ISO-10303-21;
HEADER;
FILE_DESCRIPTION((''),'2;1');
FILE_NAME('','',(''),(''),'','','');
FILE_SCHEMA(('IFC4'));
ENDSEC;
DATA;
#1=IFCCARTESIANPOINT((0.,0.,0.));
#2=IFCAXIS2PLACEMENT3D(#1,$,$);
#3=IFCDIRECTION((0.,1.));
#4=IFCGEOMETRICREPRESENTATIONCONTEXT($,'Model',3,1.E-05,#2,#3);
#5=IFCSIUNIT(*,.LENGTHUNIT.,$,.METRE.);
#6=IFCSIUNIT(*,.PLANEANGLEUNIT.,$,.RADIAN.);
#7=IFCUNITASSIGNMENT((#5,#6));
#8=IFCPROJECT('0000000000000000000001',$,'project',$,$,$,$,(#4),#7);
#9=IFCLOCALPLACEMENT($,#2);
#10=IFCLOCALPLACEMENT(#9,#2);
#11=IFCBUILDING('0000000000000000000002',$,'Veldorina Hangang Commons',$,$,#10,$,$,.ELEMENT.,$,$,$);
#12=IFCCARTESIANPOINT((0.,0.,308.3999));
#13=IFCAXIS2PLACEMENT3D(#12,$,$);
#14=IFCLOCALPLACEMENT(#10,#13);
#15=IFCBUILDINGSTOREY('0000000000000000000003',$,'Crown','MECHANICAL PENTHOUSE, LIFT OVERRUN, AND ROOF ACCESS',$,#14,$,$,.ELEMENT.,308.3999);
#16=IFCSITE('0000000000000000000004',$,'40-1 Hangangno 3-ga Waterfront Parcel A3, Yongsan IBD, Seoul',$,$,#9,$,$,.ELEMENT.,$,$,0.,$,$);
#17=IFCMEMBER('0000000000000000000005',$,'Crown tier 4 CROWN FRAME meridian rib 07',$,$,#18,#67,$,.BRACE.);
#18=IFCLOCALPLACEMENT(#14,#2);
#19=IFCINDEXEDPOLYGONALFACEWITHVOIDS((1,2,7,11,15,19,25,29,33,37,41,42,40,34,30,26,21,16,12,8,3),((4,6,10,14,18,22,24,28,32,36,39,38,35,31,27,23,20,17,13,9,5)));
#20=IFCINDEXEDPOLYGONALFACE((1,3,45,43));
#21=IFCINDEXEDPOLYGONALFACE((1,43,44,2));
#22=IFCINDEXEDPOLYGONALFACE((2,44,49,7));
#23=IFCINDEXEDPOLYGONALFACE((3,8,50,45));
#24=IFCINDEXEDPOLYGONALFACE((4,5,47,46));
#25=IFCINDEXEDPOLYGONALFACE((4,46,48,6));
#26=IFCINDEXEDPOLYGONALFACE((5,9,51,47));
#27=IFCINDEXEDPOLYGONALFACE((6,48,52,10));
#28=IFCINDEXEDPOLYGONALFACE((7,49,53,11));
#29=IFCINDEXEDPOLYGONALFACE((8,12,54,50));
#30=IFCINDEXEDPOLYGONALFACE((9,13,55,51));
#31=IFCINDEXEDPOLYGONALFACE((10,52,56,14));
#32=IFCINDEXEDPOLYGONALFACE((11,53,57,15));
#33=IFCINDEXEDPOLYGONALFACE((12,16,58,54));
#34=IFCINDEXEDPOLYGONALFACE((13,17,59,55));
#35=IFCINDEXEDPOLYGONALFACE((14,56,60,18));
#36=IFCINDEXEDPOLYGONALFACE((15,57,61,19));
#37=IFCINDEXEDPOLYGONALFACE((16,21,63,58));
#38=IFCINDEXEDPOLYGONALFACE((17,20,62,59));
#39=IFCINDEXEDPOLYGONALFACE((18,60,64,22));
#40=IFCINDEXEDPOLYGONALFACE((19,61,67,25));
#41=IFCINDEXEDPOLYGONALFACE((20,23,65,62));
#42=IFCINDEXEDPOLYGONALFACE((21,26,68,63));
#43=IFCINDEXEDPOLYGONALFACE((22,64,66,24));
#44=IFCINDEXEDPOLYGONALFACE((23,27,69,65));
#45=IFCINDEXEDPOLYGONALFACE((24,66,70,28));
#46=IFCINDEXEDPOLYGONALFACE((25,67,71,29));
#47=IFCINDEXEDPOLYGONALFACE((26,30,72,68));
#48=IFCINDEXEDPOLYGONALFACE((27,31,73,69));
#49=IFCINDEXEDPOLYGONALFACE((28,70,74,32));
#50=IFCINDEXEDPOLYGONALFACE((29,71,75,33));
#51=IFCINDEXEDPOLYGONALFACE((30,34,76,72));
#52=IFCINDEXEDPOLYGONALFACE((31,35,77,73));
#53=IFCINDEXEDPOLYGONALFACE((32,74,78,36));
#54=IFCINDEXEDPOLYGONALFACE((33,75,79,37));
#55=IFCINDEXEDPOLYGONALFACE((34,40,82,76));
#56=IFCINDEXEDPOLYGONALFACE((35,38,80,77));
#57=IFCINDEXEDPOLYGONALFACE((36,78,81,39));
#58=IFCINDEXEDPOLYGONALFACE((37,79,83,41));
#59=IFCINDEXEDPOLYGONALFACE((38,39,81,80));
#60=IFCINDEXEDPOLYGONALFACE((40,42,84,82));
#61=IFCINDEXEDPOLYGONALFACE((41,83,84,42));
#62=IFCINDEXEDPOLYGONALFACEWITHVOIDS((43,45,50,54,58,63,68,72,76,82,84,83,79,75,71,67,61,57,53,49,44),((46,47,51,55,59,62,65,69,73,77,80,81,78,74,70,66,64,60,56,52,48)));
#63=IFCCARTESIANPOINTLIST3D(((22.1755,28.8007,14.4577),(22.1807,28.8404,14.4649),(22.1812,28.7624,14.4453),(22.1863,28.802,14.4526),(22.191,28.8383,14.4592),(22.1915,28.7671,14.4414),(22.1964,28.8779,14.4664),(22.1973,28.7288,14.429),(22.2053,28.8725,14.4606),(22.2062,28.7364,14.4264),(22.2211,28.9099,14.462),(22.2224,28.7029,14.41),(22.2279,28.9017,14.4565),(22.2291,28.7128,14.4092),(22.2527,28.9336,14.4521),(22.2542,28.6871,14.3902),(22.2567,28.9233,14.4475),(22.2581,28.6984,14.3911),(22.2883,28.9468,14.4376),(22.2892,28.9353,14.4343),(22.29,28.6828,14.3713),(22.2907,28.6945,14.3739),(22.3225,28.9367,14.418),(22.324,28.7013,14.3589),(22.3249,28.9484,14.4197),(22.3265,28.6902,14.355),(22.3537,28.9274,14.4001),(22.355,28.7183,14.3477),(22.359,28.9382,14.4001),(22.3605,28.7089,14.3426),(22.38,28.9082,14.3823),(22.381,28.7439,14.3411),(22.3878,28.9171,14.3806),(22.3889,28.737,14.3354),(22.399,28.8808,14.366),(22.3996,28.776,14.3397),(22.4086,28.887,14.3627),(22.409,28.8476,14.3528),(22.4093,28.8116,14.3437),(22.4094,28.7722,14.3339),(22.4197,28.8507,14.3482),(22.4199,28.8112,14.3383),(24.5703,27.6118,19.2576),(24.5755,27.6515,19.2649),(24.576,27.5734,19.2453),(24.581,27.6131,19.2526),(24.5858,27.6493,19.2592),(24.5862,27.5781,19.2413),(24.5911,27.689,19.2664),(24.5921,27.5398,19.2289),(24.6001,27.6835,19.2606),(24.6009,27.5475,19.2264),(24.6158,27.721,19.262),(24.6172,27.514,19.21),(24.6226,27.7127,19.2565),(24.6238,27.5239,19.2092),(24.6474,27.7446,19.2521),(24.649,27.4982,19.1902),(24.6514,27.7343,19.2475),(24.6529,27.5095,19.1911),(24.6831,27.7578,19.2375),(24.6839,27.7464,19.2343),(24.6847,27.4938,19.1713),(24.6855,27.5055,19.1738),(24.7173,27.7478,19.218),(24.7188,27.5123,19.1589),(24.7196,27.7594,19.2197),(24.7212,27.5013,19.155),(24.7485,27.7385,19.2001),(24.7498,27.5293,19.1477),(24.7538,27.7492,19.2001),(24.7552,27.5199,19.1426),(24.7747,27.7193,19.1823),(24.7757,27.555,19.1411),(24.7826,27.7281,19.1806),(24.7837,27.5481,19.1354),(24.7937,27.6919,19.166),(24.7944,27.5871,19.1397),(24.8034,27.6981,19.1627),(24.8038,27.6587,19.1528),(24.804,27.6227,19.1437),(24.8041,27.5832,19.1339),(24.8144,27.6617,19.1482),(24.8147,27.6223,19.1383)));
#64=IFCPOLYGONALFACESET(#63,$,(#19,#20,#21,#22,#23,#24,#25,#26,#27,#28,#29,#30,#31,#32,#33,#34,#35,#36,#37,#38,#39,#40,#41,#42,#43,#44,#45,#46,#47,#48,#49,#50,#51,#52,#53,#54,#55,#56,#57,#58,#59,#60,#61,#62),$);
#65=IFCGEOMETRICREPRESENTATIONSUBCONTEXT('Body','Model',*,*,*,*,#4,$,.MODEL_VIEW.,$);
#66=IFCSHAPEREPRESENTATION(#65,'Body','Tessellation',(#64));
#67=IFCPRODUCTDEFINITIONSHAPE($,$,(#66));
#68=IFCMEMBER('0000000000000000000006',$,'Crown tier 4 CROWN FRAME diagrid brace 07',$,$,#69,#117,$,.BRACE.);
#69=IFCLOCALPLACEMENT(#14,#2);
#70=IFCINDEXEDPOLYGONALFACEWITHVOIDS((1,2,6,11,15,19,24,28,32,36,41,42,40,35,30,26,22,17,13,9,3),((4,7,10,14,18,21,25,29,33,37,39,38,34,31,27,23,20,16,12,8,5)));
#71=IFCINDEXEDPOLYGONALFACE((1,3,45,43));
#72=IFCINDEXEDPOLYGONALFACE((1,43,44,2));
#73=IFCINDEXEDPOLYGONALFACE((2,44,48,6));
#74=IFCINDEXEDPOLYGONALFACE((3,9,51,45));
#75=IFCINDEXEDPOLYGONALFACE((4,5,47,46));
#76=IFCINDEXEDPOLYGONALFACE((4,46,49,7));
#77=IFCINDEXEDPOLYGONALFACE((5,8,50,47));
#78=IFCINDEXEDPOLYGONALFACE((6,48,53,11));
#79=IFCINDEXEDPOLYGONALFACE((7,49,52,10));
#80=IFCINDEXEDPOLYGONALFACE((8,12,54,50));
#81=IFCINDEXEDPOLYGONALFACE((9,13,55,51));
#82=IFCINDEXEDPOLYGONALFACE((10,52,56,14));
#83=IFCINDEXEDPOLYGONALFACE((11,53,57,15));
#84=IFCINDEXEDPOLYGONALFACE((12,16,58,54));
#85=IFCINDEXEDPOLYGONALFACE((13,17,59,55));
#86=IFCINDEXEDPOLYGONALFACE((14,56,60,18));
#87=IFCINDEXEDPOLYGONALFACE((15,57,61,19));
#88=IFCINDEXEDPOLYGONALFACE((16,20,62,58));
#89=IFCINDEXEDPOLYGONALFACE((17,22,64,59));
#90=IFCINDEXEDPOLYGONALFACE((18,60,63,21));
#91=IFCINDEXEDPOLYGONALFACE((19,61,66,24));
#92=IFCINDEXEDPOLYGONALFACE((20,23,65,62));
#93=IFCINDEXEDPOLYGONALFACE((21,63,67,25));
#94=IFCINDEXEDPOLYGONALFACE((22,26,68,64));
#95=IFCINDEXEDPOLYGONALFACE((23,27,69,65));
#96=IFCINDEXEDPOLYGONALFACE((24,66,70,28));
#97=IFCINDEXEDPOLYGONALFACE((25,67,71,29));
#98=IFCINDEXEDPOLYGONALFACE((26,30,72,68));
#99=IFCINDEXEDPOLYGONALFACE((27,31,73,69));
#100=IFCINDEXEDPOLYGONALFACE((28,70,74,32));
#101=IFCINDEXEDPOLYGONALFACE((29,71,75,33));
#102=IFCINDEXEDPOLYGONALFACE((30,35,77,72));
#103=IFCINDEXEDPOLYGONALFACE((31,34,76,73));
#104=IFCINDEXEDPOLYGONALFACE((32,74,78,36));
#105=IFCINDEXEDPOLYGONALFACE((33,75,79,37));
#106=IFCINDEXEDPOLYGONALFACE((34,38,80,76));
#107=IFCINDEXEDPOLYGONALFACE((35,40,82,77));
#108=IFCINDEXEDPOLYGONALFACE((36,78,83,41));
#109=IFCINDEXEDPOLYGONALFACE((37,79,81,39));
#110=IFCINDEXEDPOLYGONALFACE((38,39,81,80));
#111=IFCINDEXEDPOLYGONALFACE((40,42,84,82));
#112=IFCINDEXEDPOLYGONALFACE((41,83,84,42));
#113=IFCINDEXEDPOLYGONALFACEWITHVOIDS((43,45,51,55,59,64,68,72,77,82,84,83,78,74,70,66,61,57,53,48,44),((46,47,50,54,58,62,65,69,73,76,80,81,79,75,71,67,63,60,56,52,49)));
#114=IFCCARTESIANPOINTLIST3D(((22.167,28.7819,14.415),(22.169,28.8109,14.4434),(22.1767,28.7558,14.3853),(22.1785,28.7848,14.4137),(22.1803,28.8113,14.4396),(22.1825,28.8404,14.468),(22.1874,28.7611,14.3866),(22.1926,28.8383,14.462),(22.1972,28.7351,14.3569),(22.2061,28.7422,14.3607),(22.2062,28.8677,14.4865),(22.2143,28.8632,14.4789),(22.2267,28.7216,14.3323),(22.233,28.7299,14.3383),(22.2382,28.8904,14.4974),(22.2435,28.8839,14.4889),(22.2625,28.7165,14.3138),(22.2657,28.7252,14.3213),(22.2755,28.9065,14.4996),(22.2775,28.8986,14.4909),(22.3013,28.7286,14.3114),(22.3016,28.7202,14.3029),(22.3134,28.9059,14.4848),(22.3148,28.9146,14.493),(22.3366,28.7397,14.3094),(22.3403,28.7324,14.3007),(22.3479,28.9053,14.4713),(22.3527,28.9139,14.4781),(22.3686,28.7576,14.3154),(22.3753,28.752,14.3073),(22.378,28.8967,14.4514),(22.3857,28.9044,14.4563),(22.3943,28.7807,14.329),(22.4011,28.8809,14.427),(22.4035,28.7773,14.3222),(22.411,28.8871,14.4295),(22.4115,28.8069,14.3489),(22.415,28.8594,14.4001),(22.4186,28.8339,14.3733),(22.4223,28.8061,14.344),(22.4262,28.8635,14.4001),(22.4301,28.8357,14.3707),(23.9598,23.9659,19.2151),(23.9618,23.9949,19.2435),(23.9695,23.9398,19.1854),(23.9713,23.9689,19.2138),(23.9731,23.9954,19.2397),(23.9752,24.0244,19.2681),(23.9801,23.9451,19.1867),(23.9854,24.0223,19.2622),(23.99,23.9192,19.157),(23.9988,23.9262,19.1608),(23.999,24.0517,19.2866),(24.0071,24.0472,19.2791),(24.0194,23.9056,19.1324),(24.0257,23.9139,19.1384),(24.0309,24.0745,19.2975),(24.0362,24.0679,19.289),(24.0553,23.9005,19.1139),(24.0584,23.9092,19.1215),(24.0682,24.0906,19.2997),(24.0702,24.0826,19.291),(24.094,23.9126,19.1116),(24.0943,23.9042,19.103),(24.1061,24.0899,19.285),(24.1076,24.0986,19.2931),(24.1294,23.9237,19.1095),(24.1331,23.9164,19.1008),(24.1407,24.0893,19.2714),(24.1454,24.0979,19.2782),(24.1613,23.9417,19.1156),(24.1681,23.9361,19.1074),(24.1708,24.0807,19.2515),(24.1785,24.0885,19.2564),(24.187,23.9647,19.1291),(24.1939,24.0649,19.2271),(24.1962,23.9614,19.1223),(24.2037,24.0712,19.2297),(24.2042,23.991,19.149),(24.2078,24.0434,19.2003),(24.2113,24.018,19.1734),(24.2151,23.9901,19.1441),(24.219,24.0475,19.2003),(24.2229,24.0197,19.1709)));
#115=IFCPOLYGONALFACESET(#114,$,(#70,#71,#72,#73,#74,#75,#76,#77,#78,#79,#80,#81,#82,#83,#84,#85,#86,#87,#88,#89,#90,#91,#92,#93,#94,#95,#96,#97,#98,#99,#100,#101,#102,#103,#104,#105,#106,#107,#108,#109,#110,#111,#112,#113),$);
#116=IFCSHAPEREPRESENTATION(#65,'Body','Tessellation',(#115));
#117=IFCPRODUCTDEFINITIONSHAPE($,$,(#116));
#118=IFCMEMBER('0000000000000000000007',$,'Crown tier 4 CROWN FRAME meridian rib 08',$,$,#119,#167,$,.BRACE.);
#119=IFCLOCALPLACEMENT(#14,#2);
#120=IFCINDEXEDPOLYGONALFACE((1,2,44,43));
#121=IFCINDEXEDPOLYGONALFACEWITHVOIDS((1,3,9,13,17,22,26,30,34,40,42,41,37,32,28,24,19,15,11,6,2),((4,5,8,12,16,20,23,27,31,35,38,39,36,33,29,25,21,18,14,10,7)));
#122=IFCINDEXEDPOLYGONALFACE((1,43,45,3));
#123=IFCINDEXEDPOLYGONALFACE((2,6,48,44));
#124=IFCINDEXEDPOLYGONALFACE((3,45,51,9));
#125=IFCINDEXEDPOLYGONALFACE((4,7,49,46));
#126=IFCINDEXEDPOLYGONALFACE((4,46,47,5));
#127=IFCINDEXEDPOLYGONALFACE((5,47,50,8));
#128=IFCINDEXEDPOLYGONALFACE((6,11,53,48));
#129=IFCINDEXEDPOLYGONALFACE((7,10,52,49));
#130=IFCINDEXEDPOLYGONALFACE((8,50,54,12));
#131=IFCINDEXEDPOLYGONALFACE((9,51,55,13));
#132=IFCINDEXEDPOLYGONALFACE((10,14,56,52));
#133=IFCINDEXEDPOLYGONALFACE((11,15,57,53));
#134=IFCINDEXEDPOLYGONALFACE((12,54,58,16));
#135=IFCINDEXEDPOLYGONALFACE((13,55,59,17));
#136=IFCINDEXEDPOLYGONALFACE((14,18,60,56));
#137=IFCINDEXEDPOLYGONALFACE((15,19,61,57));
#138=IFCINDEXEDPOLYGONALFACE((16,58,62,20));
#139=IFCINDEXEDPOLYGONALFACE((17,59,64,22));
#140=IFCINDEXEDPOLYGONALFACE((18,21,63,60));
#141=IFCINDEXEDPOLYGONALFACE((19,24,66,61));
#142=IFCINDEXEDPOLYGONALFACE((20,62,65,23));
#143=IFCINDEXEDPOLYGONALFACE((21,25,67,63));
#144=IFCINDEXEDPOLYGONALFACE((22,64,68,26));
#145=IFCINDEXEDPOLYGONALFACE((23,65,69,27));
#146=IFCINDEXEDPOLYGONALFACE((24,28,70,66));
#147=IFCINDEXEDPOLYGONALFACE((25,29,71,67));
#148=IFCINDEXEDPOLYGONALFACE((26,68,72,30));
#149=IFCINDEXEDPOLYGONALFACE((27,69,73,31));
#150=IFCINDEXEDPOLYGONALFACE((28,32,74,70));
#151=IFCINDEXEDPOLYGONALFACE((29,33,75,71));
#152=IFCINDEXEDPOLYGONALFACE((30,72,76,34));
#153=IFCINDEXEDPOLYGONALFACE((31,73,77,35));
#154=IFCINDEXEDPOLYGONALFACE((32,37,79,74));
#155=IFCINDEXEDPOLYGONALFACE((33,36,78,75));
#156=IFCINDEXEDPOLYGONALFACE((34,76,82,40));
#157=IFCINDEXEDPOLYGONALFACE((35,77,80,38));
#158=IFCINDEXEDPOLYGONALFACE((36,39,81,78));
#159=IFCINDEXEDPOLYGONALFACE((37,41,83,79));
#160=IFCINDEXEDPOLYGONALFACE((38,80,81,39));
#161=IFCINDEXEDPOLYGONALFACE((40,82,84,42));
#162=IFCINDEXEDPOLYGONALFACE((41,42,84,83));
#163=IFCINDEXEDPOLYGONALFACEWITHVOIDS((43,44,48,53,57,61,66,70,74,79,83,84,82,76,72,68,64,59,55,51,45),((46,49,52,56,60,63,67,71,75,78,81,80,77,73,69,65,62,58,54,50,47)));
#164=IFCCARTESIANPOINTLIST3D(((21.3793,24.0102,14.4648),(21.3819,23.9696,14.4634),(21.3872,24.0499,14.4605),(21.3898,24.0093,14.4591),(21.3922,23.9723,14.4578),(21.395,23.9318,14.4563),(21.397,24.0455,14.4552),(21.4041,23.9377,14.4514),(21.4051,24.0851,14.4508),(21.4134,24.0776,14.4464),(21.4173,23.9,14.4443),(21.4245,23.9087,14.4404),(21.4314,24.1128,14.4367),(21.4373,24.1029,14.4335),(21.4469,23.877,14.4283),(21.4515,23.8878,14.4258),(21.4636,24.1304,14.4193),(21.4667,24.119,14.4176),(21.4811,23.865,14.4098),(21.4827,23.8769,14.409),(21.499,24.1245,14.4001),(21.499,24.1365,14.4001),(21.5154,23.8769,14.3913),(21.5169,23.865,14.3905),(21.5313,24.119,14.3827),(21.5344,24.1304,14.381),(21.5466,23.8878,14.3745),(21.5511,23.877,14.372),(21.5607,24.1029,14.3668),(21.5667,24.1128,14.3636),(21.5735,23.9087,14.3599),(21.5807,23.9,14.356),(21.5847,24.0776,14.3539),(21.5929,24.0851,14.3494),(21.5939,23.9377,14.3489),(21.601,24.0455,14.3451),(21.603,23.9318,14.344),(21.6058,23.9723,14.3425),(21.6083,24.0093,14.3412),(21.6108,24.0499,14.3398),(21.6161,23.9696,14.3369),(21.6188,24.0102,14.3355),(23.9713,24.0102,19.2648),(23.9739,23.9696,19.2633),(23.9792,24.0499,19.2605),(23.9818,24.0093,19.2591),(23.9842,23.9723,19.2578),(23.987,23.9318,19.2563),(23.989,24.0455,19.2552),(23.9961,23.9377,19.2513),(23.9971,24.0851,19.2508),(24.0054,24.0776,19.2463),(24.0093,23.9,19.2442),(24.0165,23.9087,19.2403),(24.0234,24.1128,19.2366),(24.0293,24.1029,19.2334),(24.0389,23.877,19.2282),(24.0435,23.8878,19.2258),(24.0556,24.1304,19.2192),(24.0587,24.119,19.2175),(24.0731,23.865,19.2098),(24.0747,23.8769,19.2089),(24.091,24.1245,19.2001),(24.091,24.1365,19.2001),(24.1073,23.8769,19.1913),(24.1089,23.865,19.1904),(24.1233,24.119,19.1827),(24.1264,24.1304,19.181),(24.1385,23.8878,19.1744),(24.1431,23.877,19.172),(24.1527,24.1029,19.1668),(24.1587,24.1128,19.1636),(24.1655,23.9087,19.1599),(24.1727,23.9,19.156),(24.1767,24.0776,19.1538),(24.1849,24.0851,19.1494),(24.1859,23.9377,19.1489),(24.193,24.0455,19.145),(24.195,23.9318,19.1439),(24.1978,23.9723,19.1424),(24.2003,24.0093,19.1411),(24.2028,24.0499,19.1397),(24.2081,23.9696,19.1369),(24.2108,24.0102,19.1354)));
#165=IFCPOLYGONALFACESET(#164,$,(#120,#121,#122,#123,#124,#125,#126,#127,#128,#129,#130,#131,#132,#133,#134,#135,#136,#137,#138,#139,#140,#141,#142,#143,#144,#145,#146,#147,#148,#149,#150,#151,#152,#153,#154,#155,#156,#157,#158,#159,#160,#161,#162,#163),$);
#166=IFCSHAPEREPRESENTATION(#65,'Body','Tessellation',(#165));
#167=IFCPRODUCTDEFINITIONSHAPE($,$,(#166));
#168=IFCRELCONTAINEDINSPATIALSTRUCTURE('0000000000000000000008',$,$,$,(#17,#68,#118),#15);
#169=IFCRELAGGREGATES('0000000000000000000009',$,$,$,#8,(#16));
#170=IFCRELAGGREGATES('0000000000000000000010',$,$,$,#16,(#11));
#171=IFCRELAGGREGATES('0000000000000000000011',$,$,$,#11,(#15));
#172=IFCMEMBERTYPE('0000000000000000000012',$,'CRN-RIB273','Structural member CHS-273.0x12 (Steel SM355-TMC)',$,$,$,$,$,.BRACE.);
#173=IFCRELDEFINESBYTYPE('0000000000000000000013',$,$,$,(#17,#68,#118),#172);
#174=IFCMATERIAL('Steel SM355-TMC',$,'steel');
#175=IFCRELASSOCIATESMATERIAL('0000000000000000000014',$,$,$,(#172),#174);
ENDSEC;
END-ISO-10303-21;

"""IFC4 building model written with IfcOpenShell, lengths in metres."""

from ifc_helpers import new_model, si_unit, direction, frame, origin, origin_2d, place, context, subcontext, project, spatial, hollow_circle, extrude, material, material_profile, profile_set, type_object, element, save


model = new_model("IFC4")

# Units and contexts
model_context = context("Model", 3, precision=1e-05, world=origin(), true_north=direction((0.0, 1.0)))
body_context = subcontext(model_context, "Body", "Model", "MODEL_VIEW")
ifc_project = project(units=[si_unit("LENGTHUNIT", "METRE"), si_unit("PLANEANGLEUNIT", "RADIAN")], contexts=[model_context])

# Site, building, storey
site_placement = place(None, origin())
site = spatial("IfcSite", under=ifc_project, at=site_placement, Name="40-1 Hangangno 3-ga Waterfront Parcel A3, Yongsan IBD, Seoul", CompositionType="ELEMENT", RefElevation=0.0)
building_placement = place(site_placement, origin())
building = spatial("IfcBuilding", under=site, at=building_placement, Name="Veldorina Hangang Commons", CompositionType="ELEMENT")
storey_placement = place(building_placement, frame((0.0, 0.0, 308.3999)))
storey = spatial("IfcBuildingStorey", under=building, at=storey_placement, Name="Crown", Description="MECHANICAL PENTHOUSE, LIFT OVERRUN, AND ROOF ACCESS", CompositionType="ELEMENT", Elevation=308.3999)

# Members
ifc_material_1 = material(Name="Steel SM355-TMC", Category="steel")
ifc_material_profile_1 = material_profile(ifc_material_1, hollow_circle(Radius=0.1365, WallThickness=0.012, at=origin_2d()), Name="CHS-273.0x12")
ifc_profile_set_1 = profile_set([ifc_material_profile_1], Name="Steel SM355-TMC")
member_type_1 = type_object("IfcMemberType", Name="CRN-RIB273", Description="Structural member CHS-273.0x12 (Steel SM355-TMC)", PredefinedType="BRACE", material=ifc_profile_set_1)
member_1_placement = place(storey_placement, frame((22.2983, 28.8159, 14.4001), z_axis=(0.435853, -0.216394, 0.873617), x_axis=(0.444692, 0.895684, 0.0)))
element("IfcMember", 1, at=member_1_placement, inside=storey, type_object=member_type_1, Name="Crown tier 4 CROWN FRAME meridian rib 07", PredefinedType="BRACE", context=body_context, shape_type="SweptSolid", body=[
    extrude(hollow_circle(Radius=0.1365, WallThickness=0.012, at=origin_2d()), origin(), (0.0, 0.0, 1.0), 5.4944),
])
member_2_placement = place(storey_placement, frame((22.2983, 28.8159, 14.4001), z_axis=(0.254942, -0.684869, 0.682612), x_axis=(0.937174, 0.348863, 0.0)))
element("IfcMember", 2, at=member_2_placement, inside=storey, type_object=member_type_1, Name="Crown tier 4 CROWN FRAME diagrid brace 07", PredefinedType="BRACE", context=body_context, shape_type="SweptSolid", body=[
    extrude(hollow_circle(Radius=0.1365, WallThickness=0.012, at=origin_2d()), origin(), (0.0, 0.0, 1.0), 7.032),
])
member_3_placement = place(storey_placement, frame((21.499, 24.0, 14.4001), z_axis=(0.475151, 0.0, 0.879904), x_axis=(0.0, 1.0, 0.0)))
element("IfcMember", 3, at=member_3_placement, inside=storey, type_object=member_type_1, Name="Crown tier 4 CROWN FRAME meridian rib 08", PredefinedType="BRACE", context=body_context, shape_type="SweptSolid", body=[
    extrude(hollow_circle(Radius=0.1365, WallThickness=0.012, at=origin_2d()), origin(), (0.0, 0.0, 1.0), 5.4551),
])

save(model, "model.ifc")
